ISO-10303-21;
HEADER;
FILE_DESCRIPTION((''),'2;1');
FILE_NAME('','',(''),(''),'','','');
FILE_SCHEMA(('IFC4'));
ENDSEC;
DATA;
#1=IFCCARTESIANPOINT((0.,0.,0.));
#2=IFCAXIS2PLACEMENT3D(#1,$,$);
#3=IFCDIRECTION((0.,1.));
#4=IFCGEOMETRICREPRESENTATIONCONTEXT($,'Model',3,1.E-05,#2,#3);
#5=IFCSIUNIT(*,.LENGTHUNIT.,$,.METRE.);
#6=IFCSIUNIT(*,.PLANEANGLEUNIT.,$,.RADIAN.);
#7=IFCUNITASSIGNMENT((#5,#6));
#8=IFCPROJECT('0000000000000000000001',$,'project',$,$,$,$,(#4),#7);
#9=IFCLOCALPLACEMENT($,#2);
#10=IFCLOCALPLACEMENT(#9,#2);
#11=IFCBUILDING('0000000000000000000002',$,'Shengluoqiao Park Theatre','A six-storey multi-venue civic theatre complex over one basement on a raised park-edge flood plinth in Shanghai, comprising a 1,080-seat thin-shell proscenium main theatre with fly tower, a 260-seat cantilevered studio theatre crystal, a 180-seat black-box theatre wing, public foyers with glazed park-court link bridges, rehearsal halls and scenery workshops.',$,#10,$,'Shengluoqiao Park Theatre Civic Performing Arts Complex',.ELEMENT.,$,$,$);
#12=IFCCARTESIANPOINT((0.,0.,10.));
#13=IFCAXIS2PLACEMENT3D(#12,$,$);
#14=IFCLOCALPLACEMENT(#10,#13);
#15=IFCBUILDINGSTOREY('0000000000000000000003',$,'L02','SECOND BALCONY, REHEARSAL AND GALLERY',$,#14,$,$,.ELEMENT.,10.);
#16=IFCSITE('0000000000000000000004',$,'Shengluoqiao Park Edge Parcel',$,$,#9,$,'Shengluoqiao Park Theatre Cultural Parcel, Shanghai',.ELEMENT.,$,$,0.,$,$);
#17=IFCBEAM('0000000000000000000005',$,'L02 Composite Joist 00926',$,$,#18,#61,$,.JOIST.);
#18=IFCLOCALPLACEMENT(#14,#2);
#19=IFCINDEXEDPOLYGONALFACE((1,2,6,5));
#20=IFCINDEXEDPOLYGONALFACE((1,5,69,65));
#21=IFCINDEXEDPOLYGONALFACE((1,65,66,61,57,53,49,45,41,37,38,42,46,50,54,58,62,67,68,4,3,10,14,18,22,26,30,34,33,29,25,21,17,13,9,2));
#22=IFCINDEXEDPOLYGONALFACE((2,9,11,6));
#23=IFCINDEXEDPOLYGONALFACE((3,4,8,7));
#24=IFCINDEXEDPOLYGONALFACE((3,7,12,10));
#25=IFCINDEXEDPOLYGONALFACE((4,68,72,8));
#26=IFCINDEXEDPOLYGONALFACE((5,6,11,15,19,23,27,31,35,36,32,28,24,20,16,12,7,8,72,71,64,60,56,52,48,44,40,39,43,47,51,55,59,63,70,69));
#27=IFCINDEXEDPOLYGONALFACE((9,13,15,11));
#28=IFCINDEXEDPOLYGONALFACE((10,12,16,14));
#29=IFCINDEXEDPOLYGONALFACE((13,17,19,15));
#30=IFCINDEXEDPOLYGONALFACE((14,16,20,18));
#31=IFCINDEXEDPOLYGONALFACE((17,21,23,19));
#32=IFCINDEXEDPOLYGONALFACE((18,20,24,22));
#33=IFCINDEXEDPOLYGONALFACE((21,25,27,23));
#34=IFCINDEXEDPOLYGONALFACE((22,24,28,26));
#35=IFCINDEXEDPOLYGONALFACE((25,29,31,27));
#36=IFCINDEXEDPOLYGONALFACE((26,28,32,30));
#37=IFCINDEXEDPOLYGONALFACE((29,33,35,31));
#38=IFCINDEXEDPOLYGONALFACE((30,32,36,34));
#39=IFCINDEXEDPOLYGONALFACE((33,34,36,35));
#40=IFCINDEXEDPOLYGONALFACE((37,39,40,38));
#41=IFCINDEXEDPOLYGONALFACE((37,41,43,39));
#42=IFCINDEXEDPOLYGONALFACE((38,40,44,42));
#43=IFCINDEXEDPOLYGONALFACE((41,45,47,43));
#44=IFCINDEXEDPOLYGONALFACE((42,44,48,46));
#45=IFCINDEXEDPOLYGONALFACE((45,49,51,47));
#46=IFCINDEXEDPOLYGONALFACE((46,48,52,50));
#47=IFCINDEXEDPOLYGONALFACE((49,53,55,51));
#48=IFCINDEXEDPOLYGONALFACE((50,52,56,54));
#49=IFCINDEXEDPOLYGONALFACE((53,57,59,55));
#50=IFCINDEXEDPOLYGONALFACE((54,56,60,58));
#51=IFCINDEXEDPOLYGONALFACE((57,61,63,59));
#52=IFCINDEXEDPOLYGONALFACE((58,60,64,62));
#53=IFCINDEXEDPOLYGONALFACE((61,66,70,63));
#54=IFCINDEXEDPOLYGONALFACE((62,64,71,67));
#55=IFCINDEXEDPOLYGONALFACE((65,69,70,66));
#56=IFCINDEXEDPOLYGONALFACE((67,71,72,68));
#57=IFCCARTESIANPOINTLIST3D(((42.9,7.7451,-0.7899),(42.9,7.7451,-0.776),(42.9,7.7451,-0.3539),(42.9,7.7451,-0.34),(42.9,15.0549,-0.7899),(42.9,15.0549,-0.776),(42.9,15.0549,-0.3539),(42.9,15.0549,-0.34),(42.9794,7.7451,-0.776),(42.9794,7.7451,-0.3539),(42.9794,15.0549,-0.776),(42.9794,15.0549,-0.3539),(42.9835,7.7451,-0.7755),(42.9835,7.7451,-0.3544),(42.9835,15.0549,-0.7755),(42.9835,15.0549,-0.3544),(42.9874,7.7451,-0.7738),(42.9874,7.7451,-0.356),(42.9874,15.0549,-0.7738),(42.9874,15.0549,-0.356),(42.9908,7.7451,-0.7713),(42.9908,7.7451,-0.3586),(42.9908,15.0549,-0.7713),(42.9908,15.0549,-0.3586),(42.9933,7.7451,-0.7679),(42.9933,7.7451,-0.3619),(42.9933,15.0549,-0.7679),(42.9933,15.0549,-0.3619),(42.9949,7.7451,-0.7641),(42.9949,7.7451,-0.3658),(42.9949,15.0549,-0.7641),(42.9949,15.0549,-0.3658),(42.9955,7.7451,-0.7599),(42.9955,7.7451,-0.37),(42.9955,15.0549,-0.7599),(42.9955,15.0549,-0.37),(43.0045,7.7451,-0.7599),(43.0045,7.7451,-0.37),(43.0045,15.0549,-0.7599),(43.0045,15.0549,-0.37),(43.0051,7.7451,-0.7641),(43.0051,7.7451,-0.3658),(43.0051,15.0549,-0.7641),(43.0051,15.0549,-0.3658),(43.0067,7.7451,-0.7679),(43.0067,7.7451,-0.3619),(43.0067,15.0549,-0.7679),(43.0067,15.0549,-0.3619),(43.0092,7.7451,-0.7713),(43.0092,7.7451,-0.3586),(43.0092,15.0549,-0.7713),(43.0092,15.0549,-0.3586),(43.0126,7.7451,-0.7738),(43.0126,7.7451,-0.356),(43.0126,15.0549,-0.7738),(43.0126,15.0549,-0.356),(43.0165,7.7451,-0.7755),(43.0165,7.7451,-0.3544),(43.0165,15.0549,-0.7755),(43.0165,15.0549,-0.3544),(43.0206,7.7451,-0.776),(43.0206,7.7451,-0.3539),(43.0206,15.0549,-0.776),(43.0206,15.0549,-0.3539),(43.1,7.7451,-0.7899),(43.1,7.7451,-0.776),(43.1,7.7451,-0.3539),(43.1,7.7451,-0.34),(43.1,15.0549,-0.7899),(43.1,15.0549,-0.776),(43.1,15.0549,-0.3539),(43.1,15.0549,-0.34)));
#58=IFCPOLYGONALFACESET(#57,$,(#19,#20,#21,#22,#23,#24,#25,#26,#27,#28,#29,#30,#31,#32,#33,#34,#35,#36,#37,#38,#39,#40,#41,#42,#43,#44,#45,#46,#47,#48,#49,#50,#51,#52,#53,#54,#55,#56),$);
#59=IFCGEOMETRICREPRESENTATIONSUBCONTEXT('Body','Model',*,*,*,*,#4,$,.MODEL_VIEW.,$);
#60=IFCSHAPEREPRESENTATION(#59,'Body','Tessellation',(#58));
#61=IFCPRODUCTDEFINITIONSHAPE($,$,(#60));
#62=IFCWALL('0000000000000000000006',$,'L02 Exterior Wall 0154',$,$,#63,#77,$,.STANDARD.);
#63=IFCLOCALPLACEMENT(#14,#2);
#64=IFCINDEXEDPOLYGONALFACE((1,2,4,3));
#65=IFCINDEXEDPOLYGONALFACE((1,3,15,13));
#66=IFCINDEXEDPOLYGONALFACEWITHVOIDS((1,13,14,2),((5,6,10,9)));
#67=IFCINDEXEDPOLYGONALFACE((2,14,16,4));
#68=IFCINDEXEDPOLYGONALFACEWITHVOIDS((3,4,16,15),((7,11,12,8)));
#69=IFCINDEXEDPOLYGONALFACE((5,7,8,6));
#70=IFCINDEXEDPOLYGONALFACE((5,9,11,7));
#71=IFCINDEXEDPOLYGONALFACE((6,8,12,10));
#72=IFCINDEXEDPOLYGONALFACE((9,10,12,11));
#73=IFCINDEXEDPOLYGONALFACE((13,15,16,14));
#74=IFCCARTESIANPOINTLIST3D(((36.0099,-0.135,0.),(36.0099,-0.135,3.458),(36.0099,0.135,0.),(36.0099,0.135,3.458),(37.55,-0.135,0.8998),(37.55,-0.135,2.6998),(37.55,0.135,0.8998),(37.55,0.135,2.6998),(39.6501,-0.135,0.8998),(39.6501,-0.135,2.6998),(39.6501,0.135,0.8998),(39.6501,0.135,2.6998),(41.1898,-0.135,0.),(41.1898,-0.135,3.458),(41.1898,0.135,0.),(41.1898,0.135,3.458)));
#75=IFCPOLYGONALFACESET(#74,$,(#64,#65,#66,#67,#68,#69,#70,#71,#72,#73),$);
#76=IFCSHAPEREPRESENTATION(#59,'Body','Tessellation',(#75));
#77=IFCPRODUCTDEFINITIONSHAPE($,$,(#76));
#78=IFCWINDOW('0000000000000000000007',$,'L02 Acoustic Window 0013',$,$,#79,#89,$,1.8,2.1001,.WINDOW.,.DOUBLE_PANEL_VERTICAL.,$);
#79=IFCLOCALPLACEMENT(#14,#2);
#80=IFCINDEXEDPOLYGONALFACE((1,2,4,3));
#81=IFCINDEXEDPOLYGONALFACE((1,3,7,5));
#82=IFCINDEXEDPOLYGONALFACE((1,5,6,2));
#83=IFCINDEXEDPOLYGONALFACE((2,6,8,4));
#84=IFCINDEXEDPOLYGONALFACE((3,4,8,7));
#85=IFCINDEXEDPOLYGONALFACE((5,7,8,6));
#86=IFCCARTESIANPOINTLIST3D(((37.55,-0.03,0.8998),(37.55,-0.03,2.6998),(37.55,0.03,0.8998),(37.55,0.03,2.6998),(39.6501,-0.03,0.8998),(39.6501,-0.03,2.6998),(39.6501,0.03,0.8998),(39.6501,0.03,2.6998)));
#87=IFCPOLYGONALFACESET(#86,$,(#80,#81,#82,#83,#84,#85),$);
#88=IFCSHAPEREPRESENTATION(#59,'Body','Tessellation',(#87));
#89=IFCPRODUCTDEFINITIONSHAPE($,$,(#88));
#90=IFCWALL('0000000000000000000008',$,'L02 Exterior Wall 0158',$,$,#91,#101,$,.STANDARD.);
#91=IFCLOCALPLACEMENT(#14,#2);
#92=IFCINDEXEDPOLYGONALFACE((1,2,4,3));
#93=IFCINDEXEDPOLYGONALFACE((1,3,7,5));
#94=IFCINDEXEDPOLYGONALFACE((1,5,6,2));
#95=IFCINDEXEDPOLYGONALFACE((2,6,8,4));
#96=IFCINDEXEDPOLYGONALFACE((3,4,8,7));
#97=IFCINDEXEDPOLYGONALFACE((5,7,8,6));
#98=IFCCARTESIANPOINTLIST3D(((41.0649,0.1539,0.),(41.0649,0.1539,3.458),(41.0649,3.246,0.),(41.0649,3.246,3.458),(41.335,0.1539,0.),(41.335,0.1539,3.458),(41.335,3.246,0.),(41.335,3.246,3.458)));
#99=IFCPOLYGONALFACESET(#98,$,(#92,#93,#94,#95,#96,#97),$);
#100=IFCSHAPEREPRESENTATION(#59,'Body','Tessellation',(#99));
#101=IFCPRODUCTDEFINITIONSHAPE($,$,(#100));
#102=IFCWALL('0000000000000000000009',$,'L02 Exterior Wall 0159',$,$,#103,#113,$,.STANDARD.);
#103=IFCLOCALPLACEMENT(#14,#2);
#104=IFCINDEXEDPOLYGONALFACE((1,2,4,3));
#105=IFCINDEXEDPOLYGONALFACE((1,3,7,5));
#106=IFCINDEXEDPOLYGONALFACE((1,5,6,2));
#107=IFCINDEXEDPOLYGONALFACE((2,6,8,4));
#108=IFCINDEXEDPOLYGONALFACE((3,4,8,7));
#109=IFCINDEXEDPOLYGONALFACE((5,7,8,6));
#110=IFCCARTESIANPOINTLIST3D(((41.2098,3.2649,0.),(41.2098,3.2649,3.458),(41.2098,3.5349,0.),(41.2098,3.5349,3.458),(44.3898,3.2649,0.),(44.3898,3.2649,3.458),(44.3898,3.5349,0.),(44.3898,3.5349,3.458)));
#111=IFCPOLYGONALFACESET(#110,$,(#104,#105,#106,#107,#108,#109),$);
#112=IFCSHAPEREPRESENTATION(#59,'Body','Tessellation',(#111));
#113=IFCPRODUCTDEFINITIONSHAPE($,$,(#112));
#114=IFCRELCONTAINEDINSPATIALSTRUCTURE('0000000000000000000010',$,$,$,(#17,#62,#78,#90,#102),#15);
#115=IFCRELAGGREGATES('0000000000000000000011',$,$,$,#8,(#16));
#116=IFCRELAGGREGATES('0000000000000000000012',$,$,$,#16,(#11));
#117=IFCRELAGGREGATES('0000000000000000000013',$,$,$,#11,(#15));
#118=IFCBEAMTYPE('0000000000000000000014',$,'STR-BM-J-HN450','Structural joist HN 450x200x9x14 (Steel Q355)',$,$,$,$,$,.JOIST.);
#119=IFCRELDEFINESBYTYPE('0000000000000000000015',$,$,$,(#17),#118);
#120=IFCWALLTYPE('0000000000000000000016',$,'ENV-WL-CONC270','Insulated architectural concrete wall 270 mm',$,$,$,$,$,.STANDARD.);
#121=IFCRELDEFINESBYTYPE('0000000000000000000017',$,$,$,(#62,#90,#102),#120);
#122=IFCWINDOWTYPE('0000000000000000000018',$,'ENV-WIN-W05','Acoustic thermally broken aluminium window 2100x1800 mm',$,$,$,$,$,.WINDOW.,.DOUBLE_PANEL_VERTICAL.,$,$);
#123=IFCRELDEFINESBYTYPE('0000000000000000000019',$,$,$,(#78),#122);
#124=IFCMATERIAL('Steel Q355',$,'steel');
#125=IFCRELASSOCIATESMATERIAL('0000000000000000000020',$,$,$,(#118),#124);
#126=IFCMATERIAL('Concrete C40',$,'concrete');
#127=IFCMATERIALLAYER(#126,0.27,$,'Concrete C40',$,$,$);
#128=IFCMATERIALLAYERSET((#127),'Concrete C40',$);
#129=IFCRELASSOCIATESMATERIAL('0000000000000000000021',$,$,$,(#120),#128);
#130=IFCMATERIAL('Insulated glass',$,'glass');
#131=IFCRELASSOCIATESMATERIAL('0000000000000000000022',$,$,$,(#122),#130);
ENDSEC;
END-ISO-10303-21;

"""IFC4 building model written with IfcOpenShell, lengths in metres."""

from ifc_helpers import new_model, si_unit, direction, frame, frame_2d, origin, origin_2d, place, context, subcontext, project, spatial, rectangle, i_section, extrude, material, layer, layer_set, material_profile, profile_set, type_object, element, fill, save


model = new_model("IFC4")

# Units and contexts
model_context = context("Model", 3, precision=1e-05, world=origin(), true_north=direction((0.0, 1.0)))
body_context = subcontext(model_context, "Body", "Model", "MODEL_VIEW")
ifc_project = project(units=[si_unit("LENGTHUNIT", "METRE"), si_unit("PLANEANGLEUNIT", "RADIAN")], contexts=[model_context])

# Site, building, storey
site_placement = place(None, origin())
site = spatial("IfcSite", under=ifc_project, at=site_placement, Name="Shengluoqiao Park Edge Parcel", LongName="Shengluoqiao Park Theatre Cultural Parcel, Shanghai", CompositionType="ELEMENT", RefElevation=0.0)
building_placement = place(site_placement, origin())
building = spatial("IfcBuilding", under=site, at=building_placement, Name="Shengluoqiao Park Theatre", Description="A six-storey multi-venue civic theatre complex over one basement on a raised park-edge flood plinth in Shanghai, comprising a 1,080-seat thin-shell proscenium main theatre with fly tower, a 260-seat cantilevered studio theatre crystal, a 180-seat black-box theatre wing, public foyers with glazed park-court link bridges, rehearsal halls and scenery workshops.", LongName="Shengluoqiao Park Theatre Civic Performing Arts Complex", CompositionType="ELEMENT")
storey_placement = place(building_placement, frame((0.0, 0.0, 10.0)))
storey = spatial("IfcBuildingStorey", under=building, at=storey_placement, Name="L02", Description="SECOND BALCONY, REHEARSAL AND GALLERY", CompositionType="ELEMENT", Elevation=10.0)

# Shared definitions
ifc_material_1 = material(Name="Steel Q355", Category="steel")

# Beam
ifc_material_profile_1 = material_profile(ifc_material_1, i_section(OverallWidth=0.2, OverallDepth=0.45, WebThickness=0.009, FlangeThickness=0.0139, FilletRadius=0.0161, at=origin_2d()), Name="HN 450x200x9x14")
ifc_profile_set_1 = profile_set([ifc_material_profile_1], Name="Steel Q355")
beam_type_1 = type_object("IfcBeamType", Name="STR-BM-J-HN450", Description="Structural joist HN 450x200x9x14 (Steel Q355)", PredefinedType="JOIST", material=ifc_profile_set_1)
for number, where, z_axis, x_axis, name in (
    (1, (43.0, 7.7451, -0.5649), (0.0, 1.0, 0.0), (-1.0, 0.0, 0.0), "L02 Composite Joist 00926"),
):
    element("IfcBeam", number, at=place(storey_placement, frame(where, z_axis=z_axis, x_axis=x_axis)), inside=storey, type_object=beam_type_1, Name=name, PredefinedType="JOIST", context=body_context, shape_type="SweptSolid", body=[
        extrude(i_section(OverallWidth=0.2, OverallDepth=0.45, WebThickness=0.009, FlangeThickness=0.0139, FilletRadius=0.0161, at=origin_2d()), origin(), (0.0, 0.0, 1.0), 7.3098),
    ])

# Wall, opening, window
ifc_material_2 = material(Name="Concrete C40", Category="concrete")
ifc_layer = layer(ifc_material_2, 0.27, Name="Concrete C40")
ifc_layer_set = layer_set([ifc_layer], Name="Concrete C40")
wall_type = type_object("IfcWallType", Name="ENV-WL-CONC270", Description="Insulated architectural concrete wall 270 mm", PredefinedType="STANDARD", material=ifc_layer_set)
wall_1_placement = place(storey_placement, frame((36.01, 0.0, 0.0), z_axis=(0.0, 0.0, 1.0), x_axis=(1.0, 0.0, 0.0)))
wall_1 = element("IfcWall", 2, at=wall_1_placement, inside=storey, type_object=wall_type, Name="L02 Exterior Wall 0154", PredefinedType="STANDARD", context=body_context, shape_type="SweptSolid", body=[
    extrude(rectangle(XDim=5.1799, YDim=0.27, at=frame_2d((2.5898, 0.0))), origin(), (0.0, 0.0, 1.0), 3.458),
])
opening_placement = place(wall_1_placement, frame((1.54, 0.0, 0.8999)))
opening = element("IfcOpeningElement", 3, at=opening_placement, cuts=wall_1, PredefinedType="OPENING", context=body_context, shape_type="SweptSolid", body=[
    extrude(rectangle(XDim=2.1001, YDim=1.8, at=frame_2d((1.05, 0.8999))), frame((0.0, 0.145, 0.0), z_axis=(0.0, -1.0, 0.0), x_axis=(1.0, 0.0, 0.0)), (0.0, 0.0, 1.0), 0.29),
])
ifc_material_3 = material(Name="Insulated glass", Category="glass")
window_type = type_object("IfcWindowType", Name="ENV-WIN-W05", Description="Acoustic thermally broken aluminium window 2100x1800 mm", PartitioningType="DOUBLE_PANEL_VERTICAL", PredefinedType="WINDOW", material=ifc_material_3)
window_placement = place(opening_placement, origin())
window = element("IfcWindow", 4, at=window_placement, inside=storey, type_object=window_type, Name="L02 Acoustic Window 0013", OverallHeight=1.8, OverallWidth=2.1001, PartitioningType="DOUBLE_PANEL_VERTICAL", PredefinedType="WINDOW", context=body_context, shape_type="SweptSolid", body=[
    extrude(rectangle(XDim=2.1001, YDim=1.8, at=frame_2d((1.05, 0.8999))), frame((0.0, 0.03, 0.0), z_axis=(0.0, -1.0, 0.0), x_axis=(1.0, 0.0, 0.0)), (0.0, 0.0, 1.0), 0.0601),
])
fill(opening, window)

# Walls
wall_2_placement = place(storey_placement, frame((41.2, 0.1541, 0.0), z_axis=(0.0, 0.0, 1.0), x_axis=(0.0, 1.0, 0.0)))
element("IfcWall", 5, at=wall_2_placement, inside=storey, type_object=wall_type, Name="L02 Exterior Wall 0158", PredefinedType="STANDARD", context=body_context, shape_type="SweptSolid", body=[
    extrude(rectangle(XDim=3.092, YDim=0.27, at=frame_2d((1.5459, 0.0))), origin(), (0.0, 0.0, 1.0), 3.458),
])
wall_3_placement = place(storey_placement, frame((41.21, 3.3999, 0.0), z_axis=(0.0, 0.0, 1.0), x_axis=(1.0, 0.0, 0.0)))
element("IfcWall", 6, at=wall_3_placement, inside=storey, type_object=wall_type, Name="L02 Exterior Wall 0159", PredefinedType="STANDARD", context=body_context, shape_type="SweptSolid", body=[
    extrude(rectangle(XDim=3.1799, YDim=0.27, at=frame_2d((1.5898, 0.0))), origin(), (0.0, 0.0, 1.0), 3.458),
])

save(model, "model.ifc")
